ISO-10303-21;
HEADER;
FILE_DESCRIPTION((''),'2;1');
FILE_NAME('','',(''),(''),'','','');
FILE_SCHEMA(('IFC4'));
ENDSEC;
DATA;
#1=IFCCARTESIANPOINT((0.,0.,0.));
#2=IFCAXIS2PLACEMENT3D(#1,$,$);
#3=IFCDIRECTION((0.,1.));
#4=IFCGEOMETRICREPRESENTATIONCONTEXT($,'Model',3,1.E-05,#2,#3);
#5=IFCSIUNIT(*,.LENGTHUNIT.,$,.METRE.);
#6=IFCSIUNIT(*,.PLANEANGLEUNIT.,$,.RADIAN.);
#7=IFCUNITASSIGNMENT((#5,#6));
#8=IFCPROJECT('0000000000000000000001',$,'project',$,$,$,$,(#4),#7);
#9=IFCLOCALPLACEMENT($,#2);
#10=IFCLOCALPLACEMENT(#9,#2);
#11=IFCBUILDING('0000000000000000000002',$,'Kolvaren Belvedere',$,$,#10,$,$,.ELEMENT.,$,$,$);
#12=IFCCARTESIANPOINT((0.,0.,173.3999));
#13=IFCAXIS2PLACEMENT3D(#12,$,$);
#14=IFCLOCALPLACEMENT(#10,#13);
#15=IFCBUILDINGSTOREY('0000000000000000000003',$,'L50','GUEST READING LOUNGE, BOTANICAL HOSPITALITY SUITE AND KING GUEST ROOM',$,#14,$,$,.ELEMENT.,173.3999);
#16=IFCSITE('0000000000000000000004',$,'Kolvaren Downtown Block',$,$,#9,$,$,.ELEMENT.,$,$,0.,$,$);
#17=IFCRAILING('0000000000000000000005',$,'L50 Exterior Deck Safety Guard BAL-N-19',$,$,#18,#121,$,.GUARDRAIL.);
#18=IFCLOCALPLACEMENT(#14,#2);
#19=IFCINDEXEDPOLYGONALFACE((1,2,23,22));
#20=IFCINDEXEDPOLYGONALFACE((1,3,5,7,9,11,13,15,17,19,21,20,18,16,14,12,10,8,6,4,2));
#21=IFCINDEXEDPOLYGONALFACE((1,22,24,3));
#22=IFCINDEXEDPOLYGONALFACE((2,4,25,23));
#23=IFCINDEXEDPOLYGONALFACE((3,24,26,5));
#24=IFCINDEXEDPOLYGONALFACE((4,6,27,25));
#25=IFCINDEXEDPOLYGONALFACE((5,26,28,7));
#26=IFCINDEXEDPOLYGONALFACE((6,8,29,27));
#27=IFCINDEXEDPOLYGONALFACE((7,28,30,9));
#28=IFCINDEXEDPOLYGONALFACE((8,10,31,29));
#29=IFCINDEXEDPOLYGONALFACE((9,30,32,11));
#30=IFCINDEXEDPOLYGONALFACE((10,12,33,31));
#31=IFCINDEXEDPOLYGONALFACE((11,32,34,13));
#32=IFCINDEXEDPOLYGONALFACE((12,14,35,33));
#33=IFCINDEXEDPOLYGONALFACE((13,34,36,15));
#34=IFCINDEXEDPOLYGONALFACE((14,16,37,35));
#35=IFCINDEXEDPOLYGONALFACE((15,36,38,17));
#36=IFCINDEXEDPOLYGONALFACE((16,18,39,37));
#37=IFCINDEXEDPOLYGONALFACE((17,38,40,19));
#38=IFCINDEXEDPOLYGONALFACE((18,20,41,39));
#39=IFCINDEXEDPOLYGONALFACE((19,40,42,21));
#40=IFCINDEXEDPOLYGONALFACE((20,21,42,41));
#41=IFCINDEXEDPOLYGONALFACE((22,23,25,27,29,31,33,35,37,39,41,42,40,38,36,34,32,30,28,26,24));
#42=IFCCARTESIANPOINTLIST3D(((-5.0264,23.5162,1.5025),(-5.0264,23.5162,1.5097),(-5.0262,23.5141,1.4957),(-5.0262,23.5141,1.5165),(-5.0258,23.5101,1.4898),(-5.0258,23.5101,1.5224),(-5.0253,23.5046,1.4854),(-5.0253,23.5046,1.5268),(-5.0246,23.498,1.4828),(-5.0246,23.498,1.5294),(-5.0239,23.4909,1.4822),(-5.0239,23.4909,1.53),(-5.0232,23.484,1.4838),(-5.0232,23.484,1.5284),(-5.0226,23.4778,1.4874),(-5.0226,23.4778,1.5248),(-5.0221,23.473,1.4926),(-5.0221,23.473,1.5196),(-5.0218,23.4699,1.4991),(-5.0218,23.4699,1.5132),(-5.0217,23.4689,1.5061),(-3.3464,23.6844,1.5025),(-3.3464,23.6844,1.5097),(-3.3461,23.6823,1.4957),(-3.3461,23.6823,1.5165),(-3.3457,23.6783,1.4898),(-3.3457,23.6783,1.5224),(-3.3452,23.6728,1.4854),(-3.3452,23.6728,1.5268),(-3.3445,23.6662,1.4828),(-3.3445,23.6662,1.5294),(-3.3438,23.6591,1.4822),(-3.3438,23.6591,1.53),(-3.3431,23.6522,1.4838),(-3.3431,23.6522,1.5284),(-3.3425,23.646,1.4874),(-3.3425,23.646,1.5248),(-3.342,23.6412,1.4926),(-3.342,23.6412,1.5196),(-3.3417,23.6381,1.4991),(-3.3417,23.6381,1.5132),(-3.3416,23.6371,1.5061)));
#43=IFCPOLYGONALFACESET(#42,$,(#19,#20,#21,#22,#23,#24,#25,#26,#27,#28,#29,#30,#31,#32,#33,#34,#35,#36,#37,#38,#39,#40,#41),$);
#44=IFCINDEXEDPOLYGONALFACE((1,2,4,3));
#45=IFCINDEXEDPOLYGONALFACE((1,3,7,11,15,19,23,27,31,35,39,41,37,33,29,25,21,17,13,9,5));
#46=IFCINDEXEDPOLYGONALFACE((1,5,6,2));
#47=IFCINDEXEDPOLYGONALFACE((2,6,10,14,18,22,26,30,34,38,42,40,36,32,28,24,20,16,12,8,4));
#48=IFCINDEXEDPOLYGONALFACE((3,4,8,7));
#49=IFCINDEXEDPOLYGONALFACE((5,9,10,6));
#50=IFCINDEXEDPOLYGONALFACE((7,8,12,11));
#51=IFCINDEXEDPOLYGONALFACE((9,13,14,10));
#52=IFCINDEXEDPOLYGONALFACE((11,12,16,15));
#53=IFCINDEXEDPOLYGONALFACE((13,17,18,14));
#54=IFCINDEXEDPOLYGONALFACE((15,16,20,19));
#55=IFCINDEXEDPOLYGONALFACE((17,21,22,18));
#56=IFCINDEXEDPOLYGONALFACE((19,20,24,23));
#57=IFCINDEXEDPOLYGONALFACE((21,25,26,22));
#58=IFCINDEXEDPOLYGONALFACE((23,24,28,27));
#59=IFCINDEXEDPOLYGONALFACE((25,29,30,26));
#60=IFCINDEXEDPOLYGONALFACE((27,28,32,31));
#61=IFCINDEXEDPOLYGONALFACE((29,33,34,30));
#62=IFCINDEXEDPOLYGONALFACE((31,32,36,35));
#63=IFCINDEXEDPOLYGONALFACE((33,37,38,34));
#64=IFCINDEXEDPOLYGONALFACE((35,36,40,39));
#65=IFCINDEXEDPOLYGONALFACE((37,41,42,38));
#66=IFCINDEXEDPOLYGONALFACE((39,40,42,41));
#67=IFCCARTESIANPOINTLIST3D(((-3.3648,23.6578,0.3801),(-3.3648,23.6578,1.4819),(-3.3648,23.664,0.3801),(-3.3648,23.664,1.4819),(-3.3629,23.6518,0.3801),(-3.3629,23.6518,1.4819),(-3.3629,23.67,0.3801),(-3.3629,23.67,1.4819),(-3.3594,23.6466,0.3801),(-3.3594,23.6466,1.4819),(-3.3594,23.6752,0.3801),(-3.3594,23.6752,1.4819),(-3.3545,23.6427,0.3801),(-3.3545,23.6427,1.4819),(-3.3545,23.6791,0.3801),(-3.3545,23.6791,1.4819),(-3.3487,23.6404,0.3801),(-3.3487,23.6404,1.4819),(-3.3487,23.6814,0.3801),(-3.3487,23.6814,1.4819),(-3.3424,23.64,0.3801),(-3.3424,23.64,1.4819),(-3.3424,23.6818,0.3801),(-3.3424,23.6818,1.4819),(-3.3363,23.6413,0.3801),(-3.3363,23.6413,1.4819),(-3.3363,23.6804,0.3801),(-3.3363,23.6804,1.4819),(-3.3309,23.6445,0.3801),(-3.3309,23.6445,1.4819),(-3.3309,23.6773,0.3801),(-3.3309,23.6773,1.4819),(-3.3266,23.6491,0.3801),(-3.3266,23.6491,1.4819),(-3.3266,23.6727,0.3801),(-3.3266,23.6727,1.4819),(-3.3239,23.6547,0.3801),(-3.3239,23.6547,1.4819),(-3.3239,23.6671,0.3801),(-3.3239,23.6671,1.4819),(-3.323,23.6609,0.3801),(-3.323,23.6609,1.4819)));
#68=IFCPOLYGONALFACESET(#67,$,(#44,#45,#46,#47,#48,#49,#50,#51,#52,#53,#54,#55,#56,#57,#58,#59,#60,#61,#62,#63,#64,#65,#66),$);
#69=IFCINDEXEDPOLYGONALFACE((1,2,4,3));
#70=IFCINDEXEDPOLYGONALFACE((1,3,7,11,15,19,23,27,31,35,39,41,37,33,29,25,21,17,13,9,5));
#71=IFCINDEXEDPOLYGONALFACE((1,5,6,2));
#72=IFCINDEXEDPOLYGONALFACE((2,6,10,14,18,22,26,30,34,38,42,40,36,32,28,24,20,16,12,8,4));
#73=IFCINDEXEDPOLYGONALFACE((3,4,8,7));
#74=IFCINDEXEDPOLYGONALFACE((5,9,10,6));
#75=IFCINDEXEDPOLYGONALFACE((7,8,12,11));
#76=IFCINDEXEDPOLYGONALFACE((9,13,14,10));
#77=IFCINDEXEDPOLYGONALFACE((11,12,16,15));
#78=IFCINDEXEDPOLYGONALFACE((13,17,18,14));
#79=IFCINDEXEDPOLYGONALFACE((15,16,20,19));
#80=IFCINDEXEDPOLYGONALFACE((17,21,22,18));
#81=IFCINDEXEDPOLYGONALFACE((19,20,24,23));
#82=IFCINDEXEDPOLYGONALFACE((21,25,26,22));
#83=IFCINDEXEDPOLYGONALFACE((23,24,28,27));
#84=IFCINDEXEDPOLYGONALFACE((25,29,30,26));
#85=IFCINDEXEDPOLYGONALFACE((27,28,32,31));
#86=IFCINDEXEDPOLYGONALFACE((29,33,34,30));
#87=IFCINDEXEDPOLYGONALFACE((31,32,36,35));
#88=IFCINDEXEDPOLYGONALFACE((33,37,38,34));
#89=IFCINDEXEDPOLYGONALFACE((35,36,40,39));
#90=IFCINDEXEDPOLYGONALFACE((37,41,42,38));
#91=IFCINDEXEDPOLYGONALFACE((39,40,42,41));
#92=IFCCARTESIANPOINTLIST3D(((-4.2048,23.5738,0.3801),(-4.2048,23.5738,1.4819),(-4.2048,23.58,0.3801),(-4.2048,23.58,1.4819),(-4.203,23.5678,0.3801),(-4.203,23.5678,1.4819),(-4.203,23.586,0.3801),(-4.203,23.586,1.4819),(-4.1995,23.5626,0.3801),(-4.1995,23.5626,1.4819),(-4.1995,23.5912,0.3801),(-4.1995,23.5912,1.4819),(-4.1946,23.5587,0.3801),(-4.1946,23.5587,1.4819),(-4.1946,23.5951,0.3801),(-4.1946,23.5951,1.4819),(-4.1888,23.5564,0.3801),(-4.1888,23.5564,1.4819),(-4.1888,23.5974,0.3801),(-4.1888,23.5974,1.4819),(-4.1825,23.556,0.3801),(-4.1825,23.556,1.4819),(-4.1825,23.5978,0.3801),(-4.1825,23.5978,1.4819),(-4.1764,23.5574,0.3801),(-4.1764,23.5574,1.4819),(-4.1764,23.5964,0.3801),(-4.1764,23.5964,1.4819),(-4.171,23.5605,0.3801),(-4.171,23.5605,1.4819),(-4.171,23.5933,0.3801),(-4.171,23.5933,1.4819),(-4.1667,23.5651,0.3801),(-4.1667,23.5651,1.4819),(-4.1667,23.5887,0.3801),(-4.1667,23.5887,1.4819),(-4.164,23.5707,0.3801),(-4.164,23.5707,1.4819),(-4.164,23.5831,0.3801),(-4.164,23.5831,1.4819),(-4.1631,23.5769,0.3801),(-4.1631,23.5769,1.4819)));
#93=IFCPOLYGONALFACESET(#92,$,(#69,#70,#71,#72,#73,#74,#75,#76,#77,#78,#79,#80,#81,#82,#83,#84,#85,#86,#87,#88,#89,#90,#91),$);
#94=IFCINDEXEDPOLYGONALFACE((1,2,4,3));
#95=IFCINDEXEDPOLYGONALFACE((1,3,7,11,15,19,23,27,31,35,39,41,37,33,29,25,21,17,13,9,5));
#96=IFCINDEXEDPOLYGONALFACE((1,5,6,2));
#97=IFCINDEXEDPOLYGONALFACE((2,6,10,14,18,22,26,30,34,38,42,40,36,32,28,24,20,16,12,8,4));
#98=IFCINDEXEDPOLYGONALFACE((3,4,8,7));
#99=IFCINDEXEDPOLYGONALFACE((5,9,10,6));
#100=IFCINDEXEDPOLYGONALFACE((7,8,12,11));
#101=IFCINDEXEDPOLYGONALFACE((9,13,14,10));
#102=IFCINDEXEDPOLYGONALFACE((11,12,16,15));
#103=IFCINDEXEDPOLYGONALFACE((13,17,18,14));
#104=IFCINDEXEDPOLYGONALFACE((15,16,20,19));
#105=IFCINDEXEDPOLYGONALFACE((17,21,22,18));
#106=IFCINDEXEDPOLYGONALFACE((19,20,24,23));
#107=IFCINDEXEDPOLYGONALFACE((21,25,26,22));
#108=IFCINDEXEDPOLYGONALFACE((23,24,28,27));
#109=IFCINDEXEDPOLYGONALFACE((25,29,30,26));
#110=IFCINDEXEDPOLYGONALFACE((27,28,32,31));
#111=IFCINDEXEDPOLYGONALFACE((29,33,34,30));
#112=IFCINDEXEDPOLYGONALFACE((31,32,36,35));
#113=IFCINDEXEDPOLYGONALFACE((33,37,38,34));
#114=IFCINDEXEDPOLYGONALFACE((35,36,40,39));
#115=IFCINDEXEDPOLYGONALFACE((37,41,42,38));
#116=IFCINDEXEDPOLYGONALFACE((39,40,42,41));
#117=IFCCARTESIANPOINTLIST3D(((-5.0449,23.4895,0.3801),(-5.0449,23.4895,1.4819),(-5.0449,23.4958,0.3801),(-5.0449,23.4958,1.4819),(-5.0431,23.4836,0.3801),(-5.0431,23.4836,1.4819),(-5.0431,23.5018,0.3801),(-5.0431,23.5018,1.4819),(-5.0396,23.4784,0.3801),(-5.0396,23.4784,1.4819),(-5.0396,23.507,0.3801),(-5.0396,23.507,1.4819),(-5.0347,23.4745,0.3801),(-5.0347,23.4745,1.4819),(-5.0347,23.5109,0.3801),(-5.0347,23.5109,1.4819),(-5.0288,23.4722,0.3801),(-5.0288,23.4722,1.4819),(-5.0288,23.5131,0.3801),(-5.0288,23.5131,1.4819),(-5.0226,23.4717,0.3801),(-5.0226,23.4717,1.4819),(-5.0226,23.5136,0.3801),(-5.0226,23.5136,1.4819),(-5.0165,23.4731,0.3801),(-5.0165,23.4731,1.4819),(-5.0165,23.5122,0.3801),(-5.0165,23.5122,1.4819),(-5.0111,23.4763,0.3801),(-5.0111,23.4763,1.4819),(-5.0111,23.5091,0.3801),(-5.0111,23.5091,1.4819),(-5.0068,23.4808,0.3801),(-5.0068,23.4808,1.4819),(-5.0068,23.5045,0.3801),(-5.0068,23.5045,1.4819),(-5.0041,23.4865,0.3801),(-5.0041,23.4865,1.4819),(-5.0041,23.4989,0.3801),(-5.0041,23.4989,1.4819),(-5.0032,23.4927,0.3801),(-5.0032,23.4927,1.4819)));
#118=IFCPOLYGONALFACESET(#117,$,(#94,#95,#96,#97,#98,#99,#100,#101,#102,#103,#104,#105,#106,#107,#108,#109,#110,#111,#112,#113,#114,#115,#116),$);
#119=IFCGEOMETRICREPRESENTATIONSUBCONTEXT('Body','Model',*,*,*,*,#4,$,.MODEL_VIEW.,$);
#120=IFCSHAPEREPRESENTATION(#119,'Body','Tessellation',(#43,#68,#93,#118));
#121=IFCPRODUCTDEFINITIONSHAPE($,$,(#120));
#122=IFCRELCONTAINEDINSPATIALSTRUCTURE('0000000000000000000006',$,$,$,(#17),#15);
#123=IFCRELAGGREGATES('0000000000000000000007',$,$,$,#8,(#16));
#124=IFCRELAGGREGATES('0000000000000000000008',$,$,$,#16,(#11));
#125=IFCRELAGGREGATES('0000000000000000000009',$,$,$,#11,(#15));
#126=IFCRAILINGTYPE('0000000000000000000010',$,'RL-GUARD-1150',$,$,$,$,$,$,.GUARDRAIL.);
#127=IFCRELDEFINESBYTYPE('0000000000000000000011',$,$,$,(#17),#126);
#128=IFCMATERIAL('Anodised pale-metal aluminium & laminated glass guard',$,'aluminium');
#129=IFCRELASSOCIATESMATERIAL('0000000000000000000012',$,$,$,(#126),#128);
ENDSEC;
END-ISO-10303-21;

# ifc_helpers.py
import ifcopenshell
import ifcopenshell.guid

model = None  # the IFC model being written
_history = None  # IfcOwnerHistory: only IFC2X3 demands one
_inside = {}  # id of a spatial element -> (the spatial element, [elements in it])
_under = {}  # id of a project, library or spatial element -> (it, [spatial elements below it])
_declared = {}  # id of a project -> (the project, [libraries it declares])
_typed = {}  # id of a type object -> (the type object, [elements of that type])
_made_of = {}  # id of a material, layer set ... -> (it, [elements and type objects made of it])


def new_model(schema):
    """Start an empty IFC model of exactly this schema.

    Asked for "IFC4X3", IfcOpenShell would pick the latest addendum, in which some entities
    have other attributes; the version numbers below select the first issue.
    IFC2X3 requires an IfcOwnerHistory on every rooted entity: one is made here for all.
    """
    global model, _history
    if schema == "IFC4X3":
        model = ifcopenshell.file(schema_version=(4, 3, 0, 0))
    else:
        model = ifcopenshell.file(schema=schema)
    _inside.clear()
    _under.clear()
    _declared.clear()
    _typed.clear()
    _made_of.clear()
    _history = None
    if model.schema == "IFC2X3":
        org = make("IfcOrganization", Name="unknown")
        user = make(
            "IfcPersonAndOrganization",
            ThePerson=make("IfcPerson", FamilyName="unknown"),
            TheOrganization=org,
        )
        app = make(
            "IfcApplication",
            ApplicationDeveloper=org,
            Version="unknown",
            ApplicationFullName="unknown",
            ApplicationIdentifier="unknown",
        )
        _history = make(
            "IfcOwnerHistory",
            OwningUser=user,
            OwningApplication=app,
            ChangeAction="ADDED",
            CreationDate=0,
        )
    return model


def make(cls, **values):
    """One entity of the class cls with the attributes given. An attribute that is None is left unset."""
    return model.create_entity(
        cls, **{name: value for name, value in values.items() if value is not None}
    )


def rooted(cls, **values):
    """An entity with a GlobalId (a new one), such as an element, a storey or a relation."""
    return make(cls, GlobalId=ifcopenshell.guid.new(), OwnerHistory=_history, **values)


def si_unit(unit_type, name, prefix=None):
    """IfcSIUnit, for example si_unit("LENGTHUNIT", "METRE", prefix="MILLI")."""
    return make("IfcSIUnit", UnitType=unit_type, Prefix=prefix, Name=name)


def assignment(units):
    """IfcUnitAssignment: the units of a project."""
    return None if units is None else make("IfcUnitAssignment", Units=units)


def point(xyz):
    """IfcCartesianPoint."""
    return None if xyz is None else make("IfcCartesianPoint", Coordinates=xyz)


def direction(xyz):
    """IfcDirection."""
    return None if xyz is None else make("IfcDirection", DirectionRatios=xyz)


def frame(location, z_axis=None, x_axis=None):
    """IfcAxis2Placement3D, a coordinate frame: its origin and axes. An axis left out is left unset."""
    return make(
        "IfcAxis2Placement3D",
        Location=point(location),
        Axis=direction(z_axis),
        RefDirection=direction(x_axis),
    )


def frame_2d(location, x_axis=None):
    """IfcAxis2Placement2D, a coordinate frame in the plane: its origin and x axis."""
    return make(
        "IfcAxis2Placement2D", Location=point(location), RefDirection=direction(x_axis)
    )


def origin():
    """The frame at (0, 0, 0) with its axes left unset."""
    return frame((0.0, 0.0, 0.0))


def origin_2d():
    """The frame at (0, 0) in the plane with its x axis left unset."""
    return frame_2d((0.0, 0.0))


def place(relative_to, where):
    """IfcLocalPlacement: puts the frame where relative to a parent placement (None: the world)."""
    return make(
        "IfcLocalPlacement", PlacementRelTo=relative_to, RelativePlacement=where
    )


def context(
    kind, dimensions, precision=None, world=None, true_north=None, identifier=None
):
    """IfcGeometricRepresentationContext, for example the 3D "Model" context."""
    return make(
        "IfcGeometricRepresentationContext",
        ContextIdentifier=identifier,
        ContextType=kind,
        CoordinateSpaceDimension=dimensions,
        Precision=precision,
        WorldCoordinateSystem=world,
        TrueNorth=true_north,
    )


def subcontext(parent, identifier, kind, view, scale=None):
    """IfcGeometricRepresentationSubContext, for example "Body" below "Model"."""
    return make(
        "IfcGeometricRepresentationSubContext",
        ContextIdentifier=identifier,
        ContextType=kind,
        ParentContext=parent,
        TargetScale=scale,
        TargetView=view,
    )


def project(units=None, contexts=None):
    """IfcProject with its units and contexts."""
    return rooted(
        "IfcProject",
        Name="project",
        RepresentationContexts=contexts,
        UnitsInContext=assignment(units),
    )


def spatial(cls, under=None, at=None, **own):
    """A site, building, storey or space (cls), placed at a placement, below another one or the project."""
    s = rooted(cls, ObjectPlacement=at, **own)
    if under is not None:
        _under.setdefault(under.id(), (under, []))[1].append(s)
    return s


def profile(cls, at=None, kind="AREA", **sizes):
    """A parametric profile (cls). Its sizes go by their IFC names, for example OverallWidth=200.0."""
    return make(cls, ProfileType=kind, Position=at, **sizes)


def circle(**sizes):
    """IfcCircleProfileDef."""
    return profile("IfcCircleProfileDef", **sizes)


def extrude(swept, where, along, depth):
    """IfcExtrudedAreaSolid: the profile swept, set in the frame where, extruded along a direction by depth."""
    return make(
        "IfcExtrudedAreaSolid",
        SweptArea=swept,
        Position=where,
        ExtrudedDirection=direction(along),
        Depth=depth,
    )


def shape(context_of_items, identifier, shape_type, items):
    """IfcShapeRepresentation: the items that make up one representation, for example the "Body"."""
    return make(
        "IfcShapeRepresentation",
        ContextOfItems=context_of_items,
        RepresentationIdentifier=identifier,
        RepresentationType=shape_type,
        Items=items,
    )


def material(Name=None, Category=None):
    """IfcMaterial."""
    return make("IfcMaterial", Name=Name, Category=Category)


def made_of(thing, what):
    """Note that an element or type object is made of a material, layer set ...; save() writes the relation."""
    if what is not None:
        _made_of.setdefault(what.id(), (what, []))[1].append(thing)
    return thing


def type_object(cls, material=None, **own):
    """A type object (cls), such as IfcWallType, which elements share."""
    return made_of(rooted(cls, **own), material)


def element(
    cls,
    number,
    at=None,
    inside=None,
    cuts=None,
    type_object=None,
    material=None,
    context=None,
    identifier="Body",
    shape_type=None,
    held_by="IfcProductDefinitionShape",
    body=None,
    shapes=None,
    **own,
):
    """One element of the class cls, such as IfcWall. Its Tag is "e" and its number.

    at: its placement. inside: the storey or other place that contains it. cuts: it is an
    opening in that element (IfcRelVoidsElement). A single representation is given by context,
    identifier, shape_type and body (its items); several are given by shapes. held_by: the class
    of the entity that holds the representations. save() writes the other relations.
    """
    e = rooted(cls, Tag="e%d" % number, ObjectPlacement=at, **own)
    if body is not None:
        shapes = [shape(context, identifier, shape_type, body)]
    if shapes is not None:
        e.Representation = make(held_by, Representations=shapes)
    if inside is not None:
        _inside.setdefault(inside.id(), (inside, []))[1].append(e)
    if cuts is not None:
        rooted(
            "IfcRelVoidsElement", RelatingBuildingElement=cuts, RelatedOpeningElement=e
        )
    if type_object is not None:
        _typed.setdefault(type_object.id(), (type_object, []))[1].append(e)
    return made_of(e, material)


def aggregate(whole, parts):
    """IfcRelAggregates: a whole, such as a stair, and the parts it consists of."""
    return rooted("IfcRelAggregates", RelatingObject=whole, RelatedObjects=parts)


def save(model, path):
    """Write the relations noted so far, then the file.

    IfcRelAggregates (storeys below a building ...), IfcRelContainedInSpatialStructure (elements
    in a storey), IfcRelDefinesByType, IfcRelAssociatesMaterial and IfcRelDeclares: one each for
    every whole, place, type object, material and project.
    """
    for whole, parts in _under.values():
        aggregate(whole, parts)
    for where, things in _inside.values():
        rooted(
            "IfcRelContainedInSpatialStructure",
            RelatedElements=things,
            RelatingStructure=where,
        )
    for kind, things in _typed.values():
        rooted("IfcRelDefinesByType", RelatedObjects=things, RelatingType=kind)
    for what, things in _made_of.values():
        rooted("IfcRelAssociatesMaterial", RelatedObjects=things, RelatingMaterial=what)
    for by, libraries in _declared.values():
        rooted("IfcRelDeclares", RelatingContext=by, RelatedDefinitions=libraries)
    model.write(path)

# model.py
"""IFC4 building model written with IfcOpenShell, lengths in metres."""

from ifc_helpers import new_model, si_unit, direction, frame, origin, origin_2d, place, context, subcontext, project, spatial, circle, extrude, material, type_object, element, save


model = new_model("IFC4")

# Units and contexts
model_context = context("Model", 3, precision=1e-05, world=origin(), true_north=direction((0.0, 1.0)))
body_context = subcontext(model_context, "Body", "Model", "MODEL_VIEW")
ifc_project = project(units=[si_unit("LENGTHUNIT", "METRE"), si_unit("PLANEANGLEUNIT", "RADIAN")], contexts=[model_context])

# Site, building, storey
site_placement = place(None, origin())
site = spatial("IfcSite", under=ifc_project, at=site_placement, Name="Kolvaren Downtown Block", CompositionType="ELEMENT", RefElevation=0.0)
building_placement = place(site_placement, origin())
building = spatial("IfcBuilding", under=site, at=building_placement, Name="Kolvaren Belvedere", CompositionType="ELEMENT")
storey_placement = place(building_placement, frame((0.0, 0.0, 173.3999)))
storey = spatial("IfcBuildingStorey", under=building, at=storey_placement, Name="L50", Description="GUEST READING LOUNGE, BOTANICAL HOSPITALITY SUITE AND KING GUEST ROOM", CompositionType="ELEMENT", Elevation=173.3999)

# Railing
ifc_material_1 = material(Name="Anodised pale-metal aluminium & laminated glass guard", Category="aluminium")
railing_type = type_object("IfcRailingType", Name="RL-GUARD-1150", PredefinedType="GUARDRAIL", material=ifc_material_1)
railing_1_placement = place(storey_placement, frame((-3.344, 23.6609, 0.3801)))
element("IfcRailing", 1, at=railing_1_placement, inside=storey, type_object=railing_type, Name="L50 Exterior Deck Safety Guard BAL-N-19", PredefinedType="GUARDRAIL", context=body_context, shape_type="SweptSolid", body=[
    extrude(circle(Radius=0.0239, at=origin_2d()), frame((0.0, 0.0, 1.126), z_axis=(-0.995026, -0.099618, 0.0), x_axis=(0.099618, -0.995026, 0.0)), (0.0, 0.0, 1.0), 1.6885),
    extrude(circle(Radius=0.021, at=origin_2d()), origin(), (0.0, 0.0, 1.0), 1.1018),
    extrude(circle(Radius=0.021, at=origin_2d()), frame((-0.8401, -0.084, 0.0)), (0.0, 0.0, 1.0), 1.1018),
    extrude(circle(Radius=0.021, at=origin_2d()), frame((-1.6802, -0.1682, 0.0)), (0.0, 0.0, 1.0), 1.1018),
])

save(model, "model.ifc")
